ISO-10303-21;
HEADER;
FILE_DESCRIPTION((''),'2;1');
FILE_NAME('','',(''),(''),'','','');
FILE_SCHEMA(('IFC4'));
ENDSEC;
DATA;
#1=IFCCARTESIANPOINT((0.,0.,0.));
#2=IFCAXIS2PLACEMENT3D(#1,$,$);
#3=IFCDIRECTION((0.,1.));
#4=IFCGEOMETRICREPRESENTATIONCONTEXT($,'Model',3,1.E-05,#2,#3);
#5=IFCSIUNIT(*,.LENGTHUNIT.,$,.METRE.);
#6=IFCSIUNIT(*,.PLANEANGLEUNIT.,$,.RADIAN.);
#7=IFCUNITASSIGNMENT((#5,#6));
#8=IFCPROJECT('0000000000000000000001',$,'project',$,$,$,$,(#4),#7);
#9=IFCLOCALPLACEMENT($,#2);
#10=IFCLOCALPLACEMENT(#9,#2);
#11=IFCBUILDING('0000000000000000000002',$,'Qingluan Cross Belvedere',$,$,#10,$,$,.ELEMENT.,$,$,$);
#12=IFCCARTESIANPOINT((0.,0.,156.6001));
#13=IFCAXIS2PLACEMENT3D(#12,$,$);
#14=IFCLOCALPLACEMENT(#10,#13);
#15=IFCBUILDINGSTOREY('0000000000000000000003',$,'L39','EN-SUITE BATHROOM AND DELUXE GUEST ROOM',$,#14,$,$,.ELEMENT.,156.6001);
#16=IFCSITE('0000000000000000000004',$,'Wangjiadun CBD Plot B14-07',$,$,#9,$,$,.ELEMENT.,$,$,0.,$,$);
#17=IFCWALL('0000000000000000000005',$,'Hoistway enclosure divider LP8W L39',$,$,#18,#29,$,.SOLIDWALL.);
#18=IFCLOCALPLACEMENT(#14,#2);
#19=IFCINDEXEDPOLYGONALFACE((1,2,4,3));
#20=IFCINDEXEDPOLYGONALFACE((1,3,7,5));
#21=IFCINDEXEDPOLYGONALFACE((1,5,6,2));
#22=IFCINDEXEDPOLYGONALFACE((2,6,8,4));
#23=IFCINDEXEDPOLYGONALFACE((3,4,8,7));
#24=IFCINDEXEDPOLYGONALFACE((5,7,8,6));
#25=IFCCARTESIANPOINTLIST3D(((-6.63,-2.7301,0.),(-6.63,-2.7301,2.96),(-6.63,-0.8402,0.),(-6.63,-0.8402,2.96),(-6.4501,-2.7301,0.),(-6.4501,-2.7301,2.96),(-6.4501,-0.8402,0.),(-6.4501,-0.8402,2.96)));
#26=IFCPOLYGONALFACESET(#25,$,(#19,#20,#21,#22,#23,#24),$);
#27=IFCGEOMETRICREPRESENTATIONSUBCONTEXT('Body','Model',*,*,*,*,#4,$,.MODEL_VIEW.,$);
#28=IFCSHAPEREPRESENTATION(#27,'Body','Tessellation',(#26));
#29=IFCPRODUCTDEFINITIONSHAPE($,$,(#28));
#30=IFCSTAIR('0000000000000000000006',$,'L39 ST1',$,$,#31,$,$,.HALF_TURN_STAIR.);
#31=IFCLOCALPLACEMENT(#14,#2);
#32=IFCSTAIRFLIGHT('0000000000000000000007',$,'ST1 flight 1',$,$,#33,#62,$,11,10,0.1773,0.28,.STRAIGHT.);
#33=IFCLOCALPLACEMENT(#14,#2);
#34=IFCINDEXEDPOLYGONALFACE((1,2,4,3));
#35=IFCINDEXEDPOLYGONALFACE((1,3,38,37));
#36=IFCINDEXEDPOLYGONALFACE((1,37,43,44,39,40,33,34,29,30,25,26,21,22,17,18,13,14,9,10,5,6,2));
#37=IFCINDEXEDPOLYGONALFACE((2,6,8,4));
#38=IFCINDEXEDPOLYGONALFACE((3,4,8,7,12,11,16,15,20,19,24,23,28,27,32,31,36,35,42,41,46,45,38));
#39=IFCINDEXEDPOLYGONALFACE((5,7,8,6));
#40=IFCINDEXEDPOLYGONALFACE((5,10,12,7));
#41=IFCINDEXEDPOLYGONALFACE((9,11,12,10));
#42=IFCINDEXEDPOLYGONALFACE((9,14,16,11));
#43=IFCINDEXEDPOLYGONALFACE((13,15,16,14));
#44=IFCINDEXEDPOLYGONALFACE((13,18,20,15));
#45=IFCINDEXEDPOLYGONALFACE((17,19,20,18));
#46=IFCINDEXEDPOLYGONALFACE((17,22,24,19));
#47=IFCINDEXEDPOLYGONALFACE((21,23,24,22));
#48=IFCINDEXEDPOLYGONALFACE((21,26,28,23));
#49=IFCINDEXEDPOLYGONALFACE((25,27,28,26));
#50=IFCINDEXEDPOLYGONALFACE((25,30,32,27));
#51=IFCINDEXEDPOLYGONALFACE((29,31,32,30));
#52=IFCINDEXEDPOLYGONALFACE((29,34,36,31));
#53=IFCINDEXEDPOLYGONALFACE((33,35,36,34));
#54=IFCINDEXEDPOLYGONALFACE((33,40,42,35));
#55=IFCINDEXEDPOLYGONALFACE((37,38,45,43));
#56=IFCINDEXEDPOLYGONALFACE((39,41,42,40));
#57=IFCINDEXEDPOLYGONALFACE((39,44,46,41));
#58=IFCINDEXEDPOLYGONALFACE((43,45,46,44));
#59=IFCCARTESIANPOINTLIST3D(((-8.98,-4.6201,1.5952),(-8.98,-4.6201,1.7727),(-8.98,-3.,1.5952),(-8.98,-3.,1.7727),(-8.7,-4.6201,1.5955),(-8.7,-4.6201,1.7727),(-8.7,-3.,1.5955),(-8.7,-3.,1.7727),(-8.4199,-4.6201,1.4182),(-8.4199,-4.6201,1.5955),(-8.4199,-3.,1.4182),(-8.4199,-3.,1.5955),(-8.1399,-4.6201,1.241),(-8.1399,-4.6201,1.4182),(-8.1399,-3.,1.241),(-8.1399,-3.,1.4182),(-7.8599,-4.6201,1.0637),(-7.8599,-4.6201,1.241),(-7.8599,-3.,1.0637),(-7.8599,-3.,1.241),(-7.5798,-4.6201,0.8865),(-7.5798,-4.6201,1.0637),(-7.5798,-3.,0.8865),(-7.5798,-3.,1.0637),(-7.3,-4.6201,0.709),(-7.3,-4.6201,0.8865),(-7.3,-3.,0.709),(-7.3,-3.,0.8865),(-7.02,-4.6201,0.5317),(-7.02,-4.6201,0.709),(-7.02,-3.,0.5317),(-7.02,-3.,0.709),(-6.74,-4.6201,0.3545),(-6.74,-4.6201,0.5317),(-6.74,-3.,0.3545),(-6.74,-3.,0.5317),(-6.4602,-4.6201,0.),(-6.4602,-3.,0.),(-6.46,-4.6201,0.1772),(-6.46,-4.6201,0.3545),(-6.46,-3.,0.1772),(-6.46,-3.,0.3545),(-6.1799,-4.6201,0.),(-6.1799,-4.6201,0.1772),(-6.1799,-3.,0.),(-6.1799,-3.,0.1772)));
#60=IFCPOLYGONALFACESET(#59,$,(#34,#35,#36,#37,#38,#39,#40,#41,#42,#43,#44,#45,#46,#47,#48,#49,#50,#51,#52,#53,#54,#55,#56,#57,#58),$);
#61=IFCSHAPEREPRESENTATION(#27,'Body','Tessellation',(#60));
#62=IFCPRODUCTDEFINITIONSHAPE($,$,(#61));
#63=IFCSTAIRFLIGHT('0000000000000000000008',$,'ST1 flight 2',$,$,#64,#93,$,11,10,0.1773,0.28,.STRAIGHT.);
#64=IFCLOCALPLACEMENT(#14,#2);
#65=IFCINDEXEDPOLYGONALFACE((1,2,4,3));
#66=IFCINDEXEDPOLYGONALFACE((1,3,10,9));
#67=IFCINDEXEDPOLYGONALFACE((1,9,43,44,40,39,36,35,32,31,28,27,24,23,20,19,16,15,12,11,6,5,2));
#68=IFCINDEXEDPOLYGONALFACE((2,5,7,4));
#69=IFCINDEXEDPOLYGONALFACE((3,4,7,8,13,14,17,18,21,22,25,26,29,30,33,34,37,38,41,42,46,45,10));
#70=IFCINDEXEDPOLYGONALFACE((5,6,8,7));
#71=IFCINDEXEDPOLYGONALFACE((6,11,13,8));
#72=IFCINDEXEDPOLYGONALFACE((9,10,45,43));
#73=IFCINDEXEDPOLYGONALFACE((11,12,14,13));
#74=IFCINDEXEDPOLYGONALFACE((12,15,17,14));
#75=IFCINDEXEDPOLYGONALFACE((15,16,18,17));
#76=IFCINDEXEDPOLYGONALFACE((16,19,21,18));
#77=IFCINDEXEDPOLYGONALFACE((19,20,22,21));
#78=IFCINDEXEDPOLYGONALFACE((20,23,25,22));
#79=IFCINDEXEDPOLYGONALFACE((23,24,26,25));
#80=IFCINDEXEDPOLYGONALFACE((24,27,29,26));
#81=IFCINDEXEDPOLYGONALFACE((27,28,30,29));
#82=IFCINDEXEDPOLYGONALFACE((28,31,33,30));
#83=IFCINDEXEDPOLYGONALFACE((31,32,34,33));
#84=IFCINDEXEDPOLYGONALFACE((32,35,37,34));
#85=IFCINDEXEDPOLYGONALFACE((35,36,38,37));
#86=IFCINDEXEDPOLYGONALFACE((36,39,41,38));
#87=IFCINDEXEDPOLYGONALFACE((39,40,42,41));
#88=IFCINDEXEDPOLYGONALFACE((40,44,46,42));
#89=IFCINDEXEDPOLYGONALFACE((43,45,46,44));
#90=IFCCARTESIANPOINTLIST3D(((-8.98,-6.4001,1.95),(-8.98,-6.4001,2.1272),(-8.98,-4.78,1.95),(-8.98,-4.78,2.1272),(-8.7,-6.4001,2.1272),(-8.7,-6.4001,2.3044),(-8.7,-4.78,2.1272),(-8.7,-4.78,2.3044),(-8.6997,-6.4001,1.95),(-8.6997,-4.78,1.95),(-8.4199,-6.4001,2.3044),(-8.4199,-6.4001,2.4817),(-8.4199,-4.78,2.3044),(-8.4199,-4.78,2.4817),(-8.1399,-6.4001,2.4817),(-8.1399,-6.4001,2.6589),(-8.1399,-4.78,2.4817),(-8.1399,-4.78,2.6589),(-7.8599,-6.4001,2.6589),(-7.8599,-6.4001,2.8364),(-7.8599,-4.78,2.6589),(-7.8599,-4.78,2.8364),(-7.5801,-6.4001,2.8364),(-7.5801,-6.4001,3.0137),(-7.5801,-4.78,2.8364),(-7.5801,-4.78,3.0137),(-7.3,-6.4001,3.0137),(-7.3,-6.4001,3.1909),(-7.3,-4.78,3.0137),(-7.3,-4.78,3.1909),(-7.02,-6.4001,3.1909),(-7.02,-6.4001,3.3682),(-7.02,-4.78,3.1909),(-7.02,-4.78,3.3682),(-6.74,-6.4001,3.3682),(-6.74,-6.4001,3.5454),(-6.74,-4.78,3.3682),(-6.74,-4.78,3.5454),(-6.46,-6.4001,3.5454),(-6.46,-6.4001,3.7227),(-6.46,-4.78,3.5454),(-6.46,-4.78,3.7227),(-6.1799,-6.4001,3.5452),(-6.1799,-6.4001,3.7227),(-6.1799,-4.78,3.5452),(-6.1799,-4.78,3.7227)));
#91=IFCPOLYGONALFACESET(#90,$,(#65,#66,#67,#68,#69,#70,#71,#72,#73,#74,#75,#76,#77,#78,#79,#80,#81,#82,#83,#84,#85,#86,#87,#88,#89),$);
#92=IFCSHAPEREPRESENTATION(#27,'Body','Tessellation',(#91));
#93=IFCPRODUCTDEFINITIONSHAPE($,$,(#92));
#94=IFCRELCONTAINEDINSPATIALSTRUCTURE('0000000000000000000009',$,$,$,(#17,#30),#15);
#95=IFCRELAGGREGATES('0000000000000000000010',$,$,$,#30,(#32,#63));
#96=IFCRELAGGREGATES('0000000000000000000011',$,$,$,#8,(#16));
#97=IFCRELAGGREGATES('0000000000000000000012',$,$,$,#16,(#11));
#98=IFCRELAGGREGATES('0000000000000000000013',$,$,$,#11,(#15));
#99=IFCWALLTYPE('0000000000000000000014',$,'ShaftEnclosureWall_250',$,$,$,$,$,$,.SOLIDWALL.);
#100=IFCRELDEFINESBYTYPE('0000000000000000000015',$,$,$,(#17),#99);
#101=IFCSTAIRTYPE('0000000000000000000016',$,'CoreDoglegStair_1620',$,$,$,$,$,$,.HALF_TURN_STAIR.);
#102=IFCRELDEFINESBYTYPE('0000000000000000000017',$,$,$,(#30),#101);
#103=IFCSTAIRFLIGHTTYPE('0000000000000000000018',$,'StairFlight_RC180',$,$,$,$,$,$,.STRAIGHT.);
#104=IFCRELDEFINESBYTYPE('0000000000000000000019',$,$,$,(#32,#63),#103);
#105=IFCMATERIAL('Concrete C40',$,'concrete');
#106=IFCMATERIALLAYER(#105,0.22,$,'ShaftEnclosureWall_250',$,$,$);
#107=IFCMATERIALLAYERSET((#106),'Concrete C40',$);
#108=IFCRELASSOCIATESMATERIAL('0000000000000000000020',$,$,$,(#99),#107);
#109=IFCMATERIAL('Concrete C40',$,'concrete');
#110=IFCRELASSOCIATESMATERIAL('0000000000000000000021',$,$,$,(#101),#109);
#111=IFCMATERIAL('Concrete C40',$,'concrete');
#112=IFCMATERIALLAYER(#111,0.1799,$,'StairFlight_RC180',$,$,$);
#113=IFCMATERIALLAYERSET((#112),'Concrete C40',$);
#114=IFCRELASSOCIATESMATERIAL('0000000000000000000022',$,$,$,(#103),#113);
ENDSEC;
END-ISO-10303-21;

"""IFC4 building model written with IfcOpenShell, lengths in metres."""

from ifc_helpers import new_model, si_unit, direction, frame, frame_2d, origin, place, context, subcontext, project, spatial, polyline, rectangle, outline, extrude, material, layer, layer_set, type_object, element, aggregate, save


model = new_model("IFC4")

# Units and contexts
model_context = context("Model", 3, precision=1e-05, world=origin(), true_north=direction((0.0, 1.0)))
body_context = subcontext(model_context, "Body", "Model", "MODEL_VIEW")
ifc_project = project(units=[si_unit("LENGTHUNIT", "METRE"), si_unit("PLANEANGLEUNIT", "RADIAN")], contexts=[model_context])

# Site, building, storey
site_placement = place(None, origin())
site = spatial("IfcSite", under=ifc_project, at=site_placement, Name="Wangjiadun CBD Plot B14-07", CompositionType="ELEMENT", RefElevation=0.0)
building_placement = place(site_placement, origin())
building = spatial("IfcBuilding", under=site, at=building_placement, Name="Qingluan Cross Belvedere", CompositionType="ELEMENT")
storey_placement = place(building_placement, frame((0.0, 0.0, 156.6001)))
storey = spatial("IfcBuildingStorey", under=building, at=storey_placement, Name="L39", Description="EN-SUITE BATHROOM AND DELUXE GUEST ROOM", CompositionType="ELEMENT", Elevation=156.6001)

# Shared definitions
ifc_material_1 = material(Name="Concrete C40", Category="concrete")
ifc_layer_1 = layer(ifc_material_1, 0.22, Name="ShaftEnclosureWall_250")
ifc_layer_set_1 = layer_set([ifc_layer_1], Name="Concrete C40")
wall_type_1 = type_object("IfcWallType", Name="ShaftEnclosureWall_250", PredefinedType="SOLIDWALL", material=ifc_layer_set_1)

# Wall
for number, where, z_axis, x_axis, name in (
    (1, (-6.54, -2.73, 0.0), (0.0, 0.0, 1.0), (0.0, 1.0, 0.0), "Hoistway enclosure divider LP8W L39"),
):
    element("IfcWall", number, at=place(storey_placement, frame(where, z_axis=z_axis, x_axis=x_axis)), inside=storey, type_object=wall_type_1, Name=name, PredefinedType="SOLIDWALL", context=body_context, shape_type="SweptSolid", body=[
        extrude(rectangle(XDim=1.8899, YDim=0.1799, at=frame_2d((0.9448, 0.0))), origin(), (0.0, 0.0, 1.0), 2.96),
    ])

# Stair, stair flights
ifc_material_2 = material(Name="Concrete C40", Category="concrete")
stair_type = type_object("IfcStairType", Name="CoreDoglegStair_1620", PredefinedType="HALF_TURN_STAIR", material=ifc_material_2)
stair_placement = place(storey_placement, origin())
stair = element("IfcStair", 2, at=stair_placement, inside=storey, type_object=stair_type, Name="L39 ST1", PredefinedType="HALF_TURN_STAIR")
ifc_material_3 = material(Name="Concrete C40", Category="concrete")
ifc_layer_2 = layer(ifc_material_3, 0.1799, Name="StairFlight_RC180")
ifc_layer_set_2 = layer_set([ifc_layer_2], Name="Concrete C40")
stair_flight_type = type_object("IfcStairFlightType", Name="StairFlight_RC180", PredefinedType="STRAIGHT", material=ifc_layer_set_2)
stair_flight_1_placement = place(storey_placement, frame((-6.1799, -3.8101, 0.0), z_axis=(0.0, 0.0, 1.0), x_axis=(-1.0, 0.0, 0.0)))
stair_flight_1 = element("IfcStairFlight", 3, at=stair_flight_1_placement, type_object=stair_flight_type, Name="ST1 flight 1", NumberOfRisers=11, NumberOfTreads=10, PredefinedType="STRAIGHT", RiserHeight=0.1773, TreadLength=0.28, context=body_context, shape_type="SweptSolid", body=[
    extrude(outline(polyline([(0.0, 0.0), (0.0, 0.1772), (0.28, 0.1772), (0.28, 0.3545), (0.5601, 0.3545), (0.5601, 0.5317), (0.8401, 0.5317), (0.8401, 0.709), (1.1201, 0.709), (1.1201, 0.8865), (1.3999, 0.8865), (1.3999, 1.0637), (1.6799, 1.0637), (1.6799, 1.241), (1.96, 1.241), (1.96, 1.4182), (2.24, 1.4182), (2.24, 1.5955), (2.52, 1.5955), (2.52, 1.7727), (2.8, 1.7727), (2.8, 1.95), (2.8, 1.5952), (0.2803, 0.0), (0.0, 0.0)])), frame((0.0, 0.8101, 0.0), z_axis=(0.0, -1.0, 0.0), x_axis=(1.0, 0.0, 0.0)), (0.0, 0.0, 1.0), 1.6201),
])
stair_flight_2_placement = place(storey_placement, frame((-8.98, -5.5901, 1.95), z_axis=(0.0, 0.0, 1.0), x_axis=(1.0, 0.0, 0.0)))
stair_flight_2 = element("IfcStairFlight", 4, at=stair_flight_2_placement, type_object=stair_flight_type, Name="ST1 flight 2", NumberOfRisers=11, NumberOfTreads=10, PredefinedType="STRAIGHT", RiserHeight=0.1773, TreadLength=0.28, context=body_context, shape_type="SweptSolid", body=[
    extrude(outline(polyline([(0.0, 0.0), (0.0, 0.1772), (0.28, 0.1772), (0.28, 0.3545), (0.5601, 0.3545), (0.5601, 0.5317), (0.8401, 0.5317), (0.8401, 0.709), (1.1201, 0.709), (1.1201, 0.8865), (1.3999, 0.8865), (1.3999, 1.0637), (1.6799, 1.0637), (1.6799, 1.241), (1.96, 1.241), (1.96, 1.4182), (2.24, 1.4182), (2.24, 1.5955), (2.52, 1.5955), (2.52, 1.7727), (2.8, 1.7727), (2.8, 1.95), (2.8, 1.5952), (0.2803, 0.0), (0.0, 0.0)])), frame((0.0, 0.8101, 0.0), z_axis=(0.0, -1.0, 0.0), x_axis=(1.0, 0.0, 0.0)), (0.0, 0.0, 1.0), 1.6201),
])
aggregate(stair, [stair_flight_1, stair_flight_2])

save(model, "model.ifc")
